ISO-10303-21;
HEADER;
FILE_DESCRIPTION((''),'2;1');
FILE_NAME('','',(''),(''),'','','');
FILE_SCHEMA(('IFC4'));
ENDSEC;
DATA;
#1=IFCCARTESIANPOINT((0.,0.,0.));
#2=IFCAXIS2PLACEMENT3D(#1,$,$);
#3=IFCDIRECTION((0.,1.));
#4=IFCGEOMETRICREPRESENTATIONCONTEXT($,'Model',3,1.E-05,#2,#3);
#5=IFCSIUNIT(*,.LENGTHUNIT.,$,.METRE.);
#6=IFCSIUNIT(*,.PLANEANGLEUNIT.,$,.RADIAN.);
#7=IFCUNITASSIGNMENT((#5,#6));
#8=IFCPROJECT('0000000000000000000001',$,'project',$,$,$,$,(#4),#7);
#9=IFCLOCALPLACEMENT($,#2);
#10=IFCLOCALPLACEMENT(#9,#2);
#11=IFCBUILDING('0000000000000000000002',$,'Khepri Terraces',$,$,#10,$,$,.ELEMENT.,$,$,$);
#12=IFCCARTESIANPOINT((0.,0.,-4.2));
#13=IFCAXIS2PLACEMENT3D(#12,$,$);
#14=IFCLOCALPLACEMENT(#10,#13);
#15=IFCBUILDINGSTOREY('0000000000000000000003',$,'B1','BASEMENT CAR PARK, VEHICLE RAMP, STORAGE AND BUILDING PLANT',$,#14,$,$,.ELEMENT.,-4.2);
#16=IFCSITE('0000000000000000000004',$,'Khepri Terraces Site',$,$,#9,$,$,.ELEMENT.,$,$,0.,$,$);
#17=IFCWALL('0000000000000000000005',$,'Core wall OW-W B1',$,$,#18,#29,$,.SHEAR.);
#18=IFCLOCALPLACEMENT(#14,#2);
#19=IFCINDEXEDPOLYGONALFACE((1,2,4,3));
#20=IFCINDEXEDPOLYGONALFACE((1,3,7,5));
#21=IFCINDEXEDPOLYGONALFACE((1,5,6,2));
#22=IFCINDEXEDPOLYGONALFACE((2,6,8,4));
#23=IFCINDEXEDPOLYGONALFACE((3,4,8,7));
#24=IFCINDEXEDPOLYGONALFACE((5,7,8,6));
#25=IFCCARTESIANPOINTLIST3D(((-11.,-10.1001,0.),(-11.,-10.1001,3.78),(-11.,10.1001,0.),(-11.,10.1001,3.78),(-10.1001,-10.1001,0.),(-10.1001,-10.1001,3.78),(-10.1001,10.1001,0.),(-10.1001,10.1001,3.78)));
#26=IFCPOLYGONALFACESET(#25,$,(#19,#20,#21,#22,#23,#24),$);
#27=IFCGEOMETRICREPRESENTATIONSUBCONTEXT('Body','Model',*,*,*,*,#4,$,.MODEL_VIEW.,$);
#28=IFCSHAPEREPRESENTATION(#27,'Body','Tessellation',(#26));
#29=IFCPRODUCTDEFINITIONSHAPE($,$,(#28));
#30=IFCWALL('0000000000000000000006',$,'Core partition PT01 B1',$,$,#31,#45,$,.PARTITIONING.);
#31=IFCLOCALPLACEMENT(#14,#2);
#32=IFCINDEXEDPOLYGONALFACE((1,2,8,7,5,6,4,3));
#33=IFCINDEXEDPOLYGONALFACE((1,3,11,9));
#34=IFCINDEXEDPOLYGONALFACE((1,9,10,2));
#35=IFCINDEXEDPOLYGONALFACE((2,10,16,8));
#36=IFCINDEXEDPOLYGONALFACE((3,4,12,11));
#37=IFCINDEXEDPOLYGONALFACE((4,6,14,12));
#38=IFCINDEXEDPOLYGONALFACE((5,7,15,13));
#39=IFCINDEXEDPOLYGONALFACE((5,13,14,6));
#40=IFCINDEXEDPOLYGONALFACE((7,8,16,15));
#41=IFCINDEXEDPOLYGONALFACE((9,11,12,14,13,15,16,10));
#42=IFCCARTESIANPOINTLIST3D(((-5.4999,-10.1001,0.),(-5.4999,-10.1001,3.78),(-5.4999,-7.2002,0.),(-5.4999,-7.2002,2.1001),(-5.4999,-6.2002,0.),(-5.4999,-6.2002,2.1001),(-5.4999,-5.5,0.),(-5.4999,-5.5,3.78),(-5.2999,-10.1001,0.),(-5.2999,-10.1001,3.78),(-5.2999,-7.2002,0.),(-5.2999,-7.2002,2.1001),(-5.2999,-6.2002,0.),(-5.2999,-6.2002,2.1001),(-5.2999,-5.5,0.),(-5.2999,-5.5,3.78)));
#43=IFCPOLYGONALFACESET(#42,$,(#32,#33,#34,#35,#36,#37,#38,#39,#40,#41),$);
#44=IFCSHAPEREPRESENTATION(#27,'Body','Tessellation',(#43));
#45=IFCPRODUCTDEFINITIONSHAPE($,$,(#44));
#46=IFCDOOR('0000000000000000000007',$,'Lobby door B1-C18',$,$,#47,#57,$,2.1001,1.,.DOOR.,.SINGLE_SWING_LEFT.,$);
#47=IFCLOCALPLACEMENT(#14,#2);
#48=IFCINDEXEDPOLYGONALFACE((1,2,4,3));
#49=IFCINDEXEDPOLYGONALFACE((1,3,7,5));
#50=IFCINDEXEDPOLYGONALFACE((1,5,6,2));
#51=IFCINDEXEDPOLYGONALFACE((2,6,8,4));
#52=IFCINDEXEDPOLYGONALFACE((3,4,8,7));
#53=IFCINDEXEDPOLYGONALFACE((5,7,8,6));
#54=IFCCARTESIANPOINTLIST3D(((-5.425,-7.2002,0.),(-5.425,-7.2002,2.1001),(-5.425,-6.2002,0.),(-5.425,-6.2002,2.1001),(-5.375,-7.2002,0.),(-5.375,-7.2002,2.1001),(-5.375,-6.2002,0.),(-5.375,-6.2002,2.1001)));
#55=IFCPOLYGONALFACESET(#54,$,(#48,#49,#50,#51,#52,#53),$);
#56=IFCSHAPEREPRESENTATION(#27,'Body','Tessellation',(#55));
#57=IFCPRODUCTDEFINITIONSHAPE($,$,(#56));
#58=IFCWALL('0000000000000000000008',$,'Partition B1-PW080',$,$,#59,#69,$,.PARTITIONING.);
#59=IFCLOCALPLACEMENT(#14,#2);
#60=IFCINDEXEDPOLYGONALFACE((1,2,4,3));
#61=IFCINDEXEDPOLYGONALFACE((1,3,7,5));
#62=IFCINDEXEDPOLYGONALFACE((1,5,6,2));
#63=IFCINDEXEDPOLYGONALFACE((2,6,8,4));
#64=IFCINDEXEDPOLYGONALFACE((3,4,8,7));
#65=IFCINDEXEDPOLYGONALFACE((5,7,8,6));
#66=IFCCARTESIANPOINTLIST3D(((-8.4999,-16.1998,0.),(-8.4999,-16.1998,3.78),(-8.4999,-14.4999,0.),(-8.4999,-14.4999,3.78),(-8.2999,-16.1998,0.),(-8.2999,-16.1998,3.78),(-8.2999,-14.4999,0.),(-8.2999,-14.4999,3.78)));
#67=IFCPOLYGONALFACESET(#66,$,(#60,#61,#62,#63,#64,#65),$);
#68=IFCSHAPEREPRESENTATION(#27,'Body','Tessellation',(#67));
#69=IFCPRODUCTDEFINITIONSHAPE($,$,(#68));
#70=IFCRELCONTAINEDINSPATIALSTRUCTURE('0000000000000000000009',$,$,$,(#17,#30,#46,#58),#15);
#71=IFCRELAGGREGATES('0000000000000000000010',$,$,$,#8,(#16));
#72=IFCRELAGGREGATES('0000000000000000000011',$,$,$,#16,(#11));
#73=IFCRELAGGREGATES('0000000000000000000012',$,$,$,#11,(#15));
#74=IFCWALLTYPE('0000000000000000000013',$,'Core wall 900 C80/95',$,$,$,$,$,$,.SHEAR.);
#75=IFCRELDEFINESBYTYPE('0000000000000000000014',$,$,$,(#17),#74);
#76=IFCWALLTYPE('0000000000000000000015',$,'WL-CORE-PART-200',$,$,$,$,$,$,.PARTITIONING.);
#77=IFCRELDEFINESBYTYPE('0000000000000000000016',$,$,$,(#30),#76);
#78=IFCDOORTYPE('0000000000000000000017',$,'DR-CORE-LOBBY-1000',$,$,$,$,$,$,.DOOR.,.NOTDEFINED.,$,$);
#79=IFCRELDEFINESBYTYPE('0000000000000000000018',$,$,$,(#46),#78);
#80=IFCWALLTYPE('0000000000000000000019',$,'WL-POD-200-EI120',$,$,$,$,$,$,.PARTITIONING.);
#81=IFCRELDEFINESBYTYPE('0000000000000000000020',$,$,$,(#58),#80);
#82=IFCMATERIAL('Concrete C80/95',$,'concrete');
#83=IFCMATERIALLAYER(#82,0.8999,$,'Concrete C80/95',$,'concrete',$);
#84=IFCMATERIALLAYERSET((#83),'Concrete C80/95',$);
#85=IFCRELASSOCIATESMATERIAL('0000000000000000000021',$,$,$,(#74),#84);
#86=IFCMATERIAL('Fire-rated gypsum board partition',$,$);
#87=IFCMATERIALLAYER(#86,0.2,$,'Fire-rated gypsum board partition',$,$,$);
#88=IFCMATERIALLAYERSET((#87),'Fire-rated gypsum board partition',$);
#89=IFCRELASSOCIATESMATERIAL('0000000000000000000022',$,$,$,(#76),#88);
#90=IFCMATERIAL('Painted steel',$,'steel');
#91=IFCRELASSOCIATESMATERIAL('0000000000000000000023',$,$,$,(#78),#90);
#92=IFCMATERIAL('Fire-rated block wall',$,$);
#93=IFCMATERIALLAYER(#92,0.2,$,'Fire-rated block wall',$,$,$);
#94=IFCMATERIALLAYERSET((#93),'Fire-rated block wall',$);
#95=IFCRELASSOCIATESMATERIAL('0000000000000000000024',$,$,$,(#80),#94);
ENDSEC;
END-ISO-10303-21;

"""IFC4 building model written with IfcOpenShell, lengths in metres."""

from ifc_helpers import new_model, si_unit, direction, frame, frame_2d, origin, place, context, subcontext, project, spatial, rectangle, extrude, material, layer, layer_set, type_object, element, fill, save


model = new_model("IFC4")

# Units and contexts
model_context = context("Model", 3, precision=1e-05, world=origin(), true_north=direction((0.0, 1.0)))
body_context = subcontext(model_context, "Body", "Model", "MODEL_VIEW")
ifc_project = project(units=[si_unit("LENGTHUNIT", "METRE"), si_unit("PLANEANGLEUNIT", "RADIAN")], contexts=[model_context])

# Site, building, storey
site_placement = place(None, origin())
site = spatial("IfcSite", under=ifc_project, at=site_placement, Name="Khepri Terraces Site", CompositionType="ELEMENT", RefElevation=0.0)
building_placement = place(site_placement, origin())
building = spatial("IfcBuilding", under=site, at=building_placement, Name="Khepri Terraces", CompositionType="ELEMENT")
storey_placement = place(building_placement, frame((0.0, 0.0, -4.2)))
storey = spatial("IfcBuildingStorey", under=building, at=storey_placement, Name="B1", Description="BASEMENT CAR PARK, VEHICLE RAMP, STORAGE AND BUILDING PLANT", CompositionType="ELEMENT", Elevation=-4.2)

# Shared definitions
ifc_material_1 = material(Name="Concrete C80/95", Category="concrete")

# Shared definitions
ifc_material_2 = material(Name="Painted steel", Category="steel")

# Wall
ifc_layer_1 = layer(ifc_material_1, 0.8999, Name="Concrete C80/95", Category="concrete")
ifc_layer_set_1 = layer_set([ifc_layer_1], Name="Concrete C80/95")
wall_type_1 = type_object("IfcWallType", Name="Core wall 900 C80/95", PredefinedType="SHEAR", material=ifc_layer_set_1)
wall_1_placement = place(storey_placement, frame((-10.55, -10.1001, 0.0), z_axis=(0.0, 0.0, 1.0), x_axis=(0.0, 1.0, 0.0)))
element("IfcWall", 1, at=wall_1_placement, inside=storey, type_object=wall_type_1, Name="Core wall OW-W B1", PredefinedType="SHEAR", context=body_context, shape_type="SweptSolid", body=[
    extrude(rectangle(XDim=20.2002, YDim=0.8999, at=frame_2d((10.1001, 0.0))), origin(), (0.0, 0.0, 1.0), 3.78),
])

# Wall, opening, door
ifc_material_3 = material(Name="Fire-rated gypsum board partition")
ifc_layer_2 = layer(ifc_material_3, 0.2, Name="Fire-rated gypsum board partition")
ifc_layer_set_2 = layer_set([ifc_layer_2], Name="Fire-rated gypsum board partition")
wall_type_2 = type_object("IfcWallType", Name="WL-CORE-PART-200", PredefinedType="PARTITIONING", material=ifc_layer_set_2)
wall_2_placement = place(storey_placement, frame((-5.3999, -10.1001, 0.0), z_axis=(0.0, 0.0, 1.0), x_axis=(0.0, 1.0, 0.0)))
wall_2 = element("IfcWall", 2, at=wall_2_placement, inside=storey, type_object=wall_type_2, Name="Core partition PT01 B1", PredefinedType="PARTITIONING", context=body_context, shape_type="SweptSolid", body=[
    extrude(rectangle(XDim=4.6001, YDim=0.2, at=frame_2d((2.3, 0.0))), origin(), (0.0, 0.0, 1.0), 3.78),
])
opening_1_placement = place(wall_2_placement, frame((2.8999, 0.0, 0.0)))
opening_1 = element("IfcOpeningElement", 3, at=opening_1_placement, cuts=wall_2, PredefinedType="OPENING", context=body_context, shape_type="SweptSolid", body=[
    extrude(rectangle(XDim=1.0, YDim=2.1001, at=frame_2d((0.5, 1.05))), frame((0.0, 0.1099, 0.0), z_axis=(0.0, -1.0, 0.0), x_axis=(1.0, 0.0, 0.0)), (0.0, 0.0, 1.0), 0.22),
])
door_type_1 = type_object("IfcDoorType", Name="DR-CORE-LOBBY-1000", OperationType="NOTDEFINED", PredefinedType="DOOR", material=ifc_material_2)
door_1_placement = place(opening_1_placement, frame((1.0, 0.0, 0.0), z_axis=(0.0, 0.0, 1.0), x_axis=(-1.0, 0.0, 0.0)))
door_1 = element("IfcDoor", 4, at=door_1_placement, inside=storey, type_object=door_type_1, Name="Lobby door B1-C18", OperationType="SINGLE_SWING_LEFT", OverallHeight=2.1001, OverallWidth=1.0, PredefinedType="DOOR", context=body_context, shape_type="SweptSolid", body=[
    extrude(rectangle(XDim=1.0, YDim=2.1001, at=frame_2d((0.5, 1.05))), frame((0.0, 0.0249, 0.0), z_axis=(0.0, -1.0, 0.0), x_axis=(1.0, 0.0, 0.0)), (0.0, 0.0, 1.0), 0.05),
])
fill(opening_1, door_1)

# Wall
ifc_material_4 = material(Name="Fire-rated block wall")
ifc_layer_3 = layer(ifc_material_4, 0.2, Name="Fire-rated block wall")
ifc_layer_set_3 = layer_set([ifc_layer_3], Name="Fire-rated block wall")
wall_type_3 = type_object("IfcWallType", Name="WL-POD-200-EI120", PredefinedType="PARTITIONING", material=ifc_layer_set_3)
wall_3_placement = place(storey_placement, frame((-8.3999, -16.2, 0.0), z_axis=(0.0, 0.0, 1.0), x_axis=(0.0, 1.0, 0.0)))
element("IfcWall", 5, at=wall_3_placement, inside=storey, type_object=wall_type_3, Name="Partition B1-PW080", PredefinedType="PARTITIONING", context=body_context, shape_type="SweptSolid", body=[
    extrude(rectangle(XDim=1.7, YDim=0.2, at=frame_2d((0.8501, 0.0))), origin(), (0.0, 0.0, 1.0), 3.78),
])

save(model, "model.ifc")
